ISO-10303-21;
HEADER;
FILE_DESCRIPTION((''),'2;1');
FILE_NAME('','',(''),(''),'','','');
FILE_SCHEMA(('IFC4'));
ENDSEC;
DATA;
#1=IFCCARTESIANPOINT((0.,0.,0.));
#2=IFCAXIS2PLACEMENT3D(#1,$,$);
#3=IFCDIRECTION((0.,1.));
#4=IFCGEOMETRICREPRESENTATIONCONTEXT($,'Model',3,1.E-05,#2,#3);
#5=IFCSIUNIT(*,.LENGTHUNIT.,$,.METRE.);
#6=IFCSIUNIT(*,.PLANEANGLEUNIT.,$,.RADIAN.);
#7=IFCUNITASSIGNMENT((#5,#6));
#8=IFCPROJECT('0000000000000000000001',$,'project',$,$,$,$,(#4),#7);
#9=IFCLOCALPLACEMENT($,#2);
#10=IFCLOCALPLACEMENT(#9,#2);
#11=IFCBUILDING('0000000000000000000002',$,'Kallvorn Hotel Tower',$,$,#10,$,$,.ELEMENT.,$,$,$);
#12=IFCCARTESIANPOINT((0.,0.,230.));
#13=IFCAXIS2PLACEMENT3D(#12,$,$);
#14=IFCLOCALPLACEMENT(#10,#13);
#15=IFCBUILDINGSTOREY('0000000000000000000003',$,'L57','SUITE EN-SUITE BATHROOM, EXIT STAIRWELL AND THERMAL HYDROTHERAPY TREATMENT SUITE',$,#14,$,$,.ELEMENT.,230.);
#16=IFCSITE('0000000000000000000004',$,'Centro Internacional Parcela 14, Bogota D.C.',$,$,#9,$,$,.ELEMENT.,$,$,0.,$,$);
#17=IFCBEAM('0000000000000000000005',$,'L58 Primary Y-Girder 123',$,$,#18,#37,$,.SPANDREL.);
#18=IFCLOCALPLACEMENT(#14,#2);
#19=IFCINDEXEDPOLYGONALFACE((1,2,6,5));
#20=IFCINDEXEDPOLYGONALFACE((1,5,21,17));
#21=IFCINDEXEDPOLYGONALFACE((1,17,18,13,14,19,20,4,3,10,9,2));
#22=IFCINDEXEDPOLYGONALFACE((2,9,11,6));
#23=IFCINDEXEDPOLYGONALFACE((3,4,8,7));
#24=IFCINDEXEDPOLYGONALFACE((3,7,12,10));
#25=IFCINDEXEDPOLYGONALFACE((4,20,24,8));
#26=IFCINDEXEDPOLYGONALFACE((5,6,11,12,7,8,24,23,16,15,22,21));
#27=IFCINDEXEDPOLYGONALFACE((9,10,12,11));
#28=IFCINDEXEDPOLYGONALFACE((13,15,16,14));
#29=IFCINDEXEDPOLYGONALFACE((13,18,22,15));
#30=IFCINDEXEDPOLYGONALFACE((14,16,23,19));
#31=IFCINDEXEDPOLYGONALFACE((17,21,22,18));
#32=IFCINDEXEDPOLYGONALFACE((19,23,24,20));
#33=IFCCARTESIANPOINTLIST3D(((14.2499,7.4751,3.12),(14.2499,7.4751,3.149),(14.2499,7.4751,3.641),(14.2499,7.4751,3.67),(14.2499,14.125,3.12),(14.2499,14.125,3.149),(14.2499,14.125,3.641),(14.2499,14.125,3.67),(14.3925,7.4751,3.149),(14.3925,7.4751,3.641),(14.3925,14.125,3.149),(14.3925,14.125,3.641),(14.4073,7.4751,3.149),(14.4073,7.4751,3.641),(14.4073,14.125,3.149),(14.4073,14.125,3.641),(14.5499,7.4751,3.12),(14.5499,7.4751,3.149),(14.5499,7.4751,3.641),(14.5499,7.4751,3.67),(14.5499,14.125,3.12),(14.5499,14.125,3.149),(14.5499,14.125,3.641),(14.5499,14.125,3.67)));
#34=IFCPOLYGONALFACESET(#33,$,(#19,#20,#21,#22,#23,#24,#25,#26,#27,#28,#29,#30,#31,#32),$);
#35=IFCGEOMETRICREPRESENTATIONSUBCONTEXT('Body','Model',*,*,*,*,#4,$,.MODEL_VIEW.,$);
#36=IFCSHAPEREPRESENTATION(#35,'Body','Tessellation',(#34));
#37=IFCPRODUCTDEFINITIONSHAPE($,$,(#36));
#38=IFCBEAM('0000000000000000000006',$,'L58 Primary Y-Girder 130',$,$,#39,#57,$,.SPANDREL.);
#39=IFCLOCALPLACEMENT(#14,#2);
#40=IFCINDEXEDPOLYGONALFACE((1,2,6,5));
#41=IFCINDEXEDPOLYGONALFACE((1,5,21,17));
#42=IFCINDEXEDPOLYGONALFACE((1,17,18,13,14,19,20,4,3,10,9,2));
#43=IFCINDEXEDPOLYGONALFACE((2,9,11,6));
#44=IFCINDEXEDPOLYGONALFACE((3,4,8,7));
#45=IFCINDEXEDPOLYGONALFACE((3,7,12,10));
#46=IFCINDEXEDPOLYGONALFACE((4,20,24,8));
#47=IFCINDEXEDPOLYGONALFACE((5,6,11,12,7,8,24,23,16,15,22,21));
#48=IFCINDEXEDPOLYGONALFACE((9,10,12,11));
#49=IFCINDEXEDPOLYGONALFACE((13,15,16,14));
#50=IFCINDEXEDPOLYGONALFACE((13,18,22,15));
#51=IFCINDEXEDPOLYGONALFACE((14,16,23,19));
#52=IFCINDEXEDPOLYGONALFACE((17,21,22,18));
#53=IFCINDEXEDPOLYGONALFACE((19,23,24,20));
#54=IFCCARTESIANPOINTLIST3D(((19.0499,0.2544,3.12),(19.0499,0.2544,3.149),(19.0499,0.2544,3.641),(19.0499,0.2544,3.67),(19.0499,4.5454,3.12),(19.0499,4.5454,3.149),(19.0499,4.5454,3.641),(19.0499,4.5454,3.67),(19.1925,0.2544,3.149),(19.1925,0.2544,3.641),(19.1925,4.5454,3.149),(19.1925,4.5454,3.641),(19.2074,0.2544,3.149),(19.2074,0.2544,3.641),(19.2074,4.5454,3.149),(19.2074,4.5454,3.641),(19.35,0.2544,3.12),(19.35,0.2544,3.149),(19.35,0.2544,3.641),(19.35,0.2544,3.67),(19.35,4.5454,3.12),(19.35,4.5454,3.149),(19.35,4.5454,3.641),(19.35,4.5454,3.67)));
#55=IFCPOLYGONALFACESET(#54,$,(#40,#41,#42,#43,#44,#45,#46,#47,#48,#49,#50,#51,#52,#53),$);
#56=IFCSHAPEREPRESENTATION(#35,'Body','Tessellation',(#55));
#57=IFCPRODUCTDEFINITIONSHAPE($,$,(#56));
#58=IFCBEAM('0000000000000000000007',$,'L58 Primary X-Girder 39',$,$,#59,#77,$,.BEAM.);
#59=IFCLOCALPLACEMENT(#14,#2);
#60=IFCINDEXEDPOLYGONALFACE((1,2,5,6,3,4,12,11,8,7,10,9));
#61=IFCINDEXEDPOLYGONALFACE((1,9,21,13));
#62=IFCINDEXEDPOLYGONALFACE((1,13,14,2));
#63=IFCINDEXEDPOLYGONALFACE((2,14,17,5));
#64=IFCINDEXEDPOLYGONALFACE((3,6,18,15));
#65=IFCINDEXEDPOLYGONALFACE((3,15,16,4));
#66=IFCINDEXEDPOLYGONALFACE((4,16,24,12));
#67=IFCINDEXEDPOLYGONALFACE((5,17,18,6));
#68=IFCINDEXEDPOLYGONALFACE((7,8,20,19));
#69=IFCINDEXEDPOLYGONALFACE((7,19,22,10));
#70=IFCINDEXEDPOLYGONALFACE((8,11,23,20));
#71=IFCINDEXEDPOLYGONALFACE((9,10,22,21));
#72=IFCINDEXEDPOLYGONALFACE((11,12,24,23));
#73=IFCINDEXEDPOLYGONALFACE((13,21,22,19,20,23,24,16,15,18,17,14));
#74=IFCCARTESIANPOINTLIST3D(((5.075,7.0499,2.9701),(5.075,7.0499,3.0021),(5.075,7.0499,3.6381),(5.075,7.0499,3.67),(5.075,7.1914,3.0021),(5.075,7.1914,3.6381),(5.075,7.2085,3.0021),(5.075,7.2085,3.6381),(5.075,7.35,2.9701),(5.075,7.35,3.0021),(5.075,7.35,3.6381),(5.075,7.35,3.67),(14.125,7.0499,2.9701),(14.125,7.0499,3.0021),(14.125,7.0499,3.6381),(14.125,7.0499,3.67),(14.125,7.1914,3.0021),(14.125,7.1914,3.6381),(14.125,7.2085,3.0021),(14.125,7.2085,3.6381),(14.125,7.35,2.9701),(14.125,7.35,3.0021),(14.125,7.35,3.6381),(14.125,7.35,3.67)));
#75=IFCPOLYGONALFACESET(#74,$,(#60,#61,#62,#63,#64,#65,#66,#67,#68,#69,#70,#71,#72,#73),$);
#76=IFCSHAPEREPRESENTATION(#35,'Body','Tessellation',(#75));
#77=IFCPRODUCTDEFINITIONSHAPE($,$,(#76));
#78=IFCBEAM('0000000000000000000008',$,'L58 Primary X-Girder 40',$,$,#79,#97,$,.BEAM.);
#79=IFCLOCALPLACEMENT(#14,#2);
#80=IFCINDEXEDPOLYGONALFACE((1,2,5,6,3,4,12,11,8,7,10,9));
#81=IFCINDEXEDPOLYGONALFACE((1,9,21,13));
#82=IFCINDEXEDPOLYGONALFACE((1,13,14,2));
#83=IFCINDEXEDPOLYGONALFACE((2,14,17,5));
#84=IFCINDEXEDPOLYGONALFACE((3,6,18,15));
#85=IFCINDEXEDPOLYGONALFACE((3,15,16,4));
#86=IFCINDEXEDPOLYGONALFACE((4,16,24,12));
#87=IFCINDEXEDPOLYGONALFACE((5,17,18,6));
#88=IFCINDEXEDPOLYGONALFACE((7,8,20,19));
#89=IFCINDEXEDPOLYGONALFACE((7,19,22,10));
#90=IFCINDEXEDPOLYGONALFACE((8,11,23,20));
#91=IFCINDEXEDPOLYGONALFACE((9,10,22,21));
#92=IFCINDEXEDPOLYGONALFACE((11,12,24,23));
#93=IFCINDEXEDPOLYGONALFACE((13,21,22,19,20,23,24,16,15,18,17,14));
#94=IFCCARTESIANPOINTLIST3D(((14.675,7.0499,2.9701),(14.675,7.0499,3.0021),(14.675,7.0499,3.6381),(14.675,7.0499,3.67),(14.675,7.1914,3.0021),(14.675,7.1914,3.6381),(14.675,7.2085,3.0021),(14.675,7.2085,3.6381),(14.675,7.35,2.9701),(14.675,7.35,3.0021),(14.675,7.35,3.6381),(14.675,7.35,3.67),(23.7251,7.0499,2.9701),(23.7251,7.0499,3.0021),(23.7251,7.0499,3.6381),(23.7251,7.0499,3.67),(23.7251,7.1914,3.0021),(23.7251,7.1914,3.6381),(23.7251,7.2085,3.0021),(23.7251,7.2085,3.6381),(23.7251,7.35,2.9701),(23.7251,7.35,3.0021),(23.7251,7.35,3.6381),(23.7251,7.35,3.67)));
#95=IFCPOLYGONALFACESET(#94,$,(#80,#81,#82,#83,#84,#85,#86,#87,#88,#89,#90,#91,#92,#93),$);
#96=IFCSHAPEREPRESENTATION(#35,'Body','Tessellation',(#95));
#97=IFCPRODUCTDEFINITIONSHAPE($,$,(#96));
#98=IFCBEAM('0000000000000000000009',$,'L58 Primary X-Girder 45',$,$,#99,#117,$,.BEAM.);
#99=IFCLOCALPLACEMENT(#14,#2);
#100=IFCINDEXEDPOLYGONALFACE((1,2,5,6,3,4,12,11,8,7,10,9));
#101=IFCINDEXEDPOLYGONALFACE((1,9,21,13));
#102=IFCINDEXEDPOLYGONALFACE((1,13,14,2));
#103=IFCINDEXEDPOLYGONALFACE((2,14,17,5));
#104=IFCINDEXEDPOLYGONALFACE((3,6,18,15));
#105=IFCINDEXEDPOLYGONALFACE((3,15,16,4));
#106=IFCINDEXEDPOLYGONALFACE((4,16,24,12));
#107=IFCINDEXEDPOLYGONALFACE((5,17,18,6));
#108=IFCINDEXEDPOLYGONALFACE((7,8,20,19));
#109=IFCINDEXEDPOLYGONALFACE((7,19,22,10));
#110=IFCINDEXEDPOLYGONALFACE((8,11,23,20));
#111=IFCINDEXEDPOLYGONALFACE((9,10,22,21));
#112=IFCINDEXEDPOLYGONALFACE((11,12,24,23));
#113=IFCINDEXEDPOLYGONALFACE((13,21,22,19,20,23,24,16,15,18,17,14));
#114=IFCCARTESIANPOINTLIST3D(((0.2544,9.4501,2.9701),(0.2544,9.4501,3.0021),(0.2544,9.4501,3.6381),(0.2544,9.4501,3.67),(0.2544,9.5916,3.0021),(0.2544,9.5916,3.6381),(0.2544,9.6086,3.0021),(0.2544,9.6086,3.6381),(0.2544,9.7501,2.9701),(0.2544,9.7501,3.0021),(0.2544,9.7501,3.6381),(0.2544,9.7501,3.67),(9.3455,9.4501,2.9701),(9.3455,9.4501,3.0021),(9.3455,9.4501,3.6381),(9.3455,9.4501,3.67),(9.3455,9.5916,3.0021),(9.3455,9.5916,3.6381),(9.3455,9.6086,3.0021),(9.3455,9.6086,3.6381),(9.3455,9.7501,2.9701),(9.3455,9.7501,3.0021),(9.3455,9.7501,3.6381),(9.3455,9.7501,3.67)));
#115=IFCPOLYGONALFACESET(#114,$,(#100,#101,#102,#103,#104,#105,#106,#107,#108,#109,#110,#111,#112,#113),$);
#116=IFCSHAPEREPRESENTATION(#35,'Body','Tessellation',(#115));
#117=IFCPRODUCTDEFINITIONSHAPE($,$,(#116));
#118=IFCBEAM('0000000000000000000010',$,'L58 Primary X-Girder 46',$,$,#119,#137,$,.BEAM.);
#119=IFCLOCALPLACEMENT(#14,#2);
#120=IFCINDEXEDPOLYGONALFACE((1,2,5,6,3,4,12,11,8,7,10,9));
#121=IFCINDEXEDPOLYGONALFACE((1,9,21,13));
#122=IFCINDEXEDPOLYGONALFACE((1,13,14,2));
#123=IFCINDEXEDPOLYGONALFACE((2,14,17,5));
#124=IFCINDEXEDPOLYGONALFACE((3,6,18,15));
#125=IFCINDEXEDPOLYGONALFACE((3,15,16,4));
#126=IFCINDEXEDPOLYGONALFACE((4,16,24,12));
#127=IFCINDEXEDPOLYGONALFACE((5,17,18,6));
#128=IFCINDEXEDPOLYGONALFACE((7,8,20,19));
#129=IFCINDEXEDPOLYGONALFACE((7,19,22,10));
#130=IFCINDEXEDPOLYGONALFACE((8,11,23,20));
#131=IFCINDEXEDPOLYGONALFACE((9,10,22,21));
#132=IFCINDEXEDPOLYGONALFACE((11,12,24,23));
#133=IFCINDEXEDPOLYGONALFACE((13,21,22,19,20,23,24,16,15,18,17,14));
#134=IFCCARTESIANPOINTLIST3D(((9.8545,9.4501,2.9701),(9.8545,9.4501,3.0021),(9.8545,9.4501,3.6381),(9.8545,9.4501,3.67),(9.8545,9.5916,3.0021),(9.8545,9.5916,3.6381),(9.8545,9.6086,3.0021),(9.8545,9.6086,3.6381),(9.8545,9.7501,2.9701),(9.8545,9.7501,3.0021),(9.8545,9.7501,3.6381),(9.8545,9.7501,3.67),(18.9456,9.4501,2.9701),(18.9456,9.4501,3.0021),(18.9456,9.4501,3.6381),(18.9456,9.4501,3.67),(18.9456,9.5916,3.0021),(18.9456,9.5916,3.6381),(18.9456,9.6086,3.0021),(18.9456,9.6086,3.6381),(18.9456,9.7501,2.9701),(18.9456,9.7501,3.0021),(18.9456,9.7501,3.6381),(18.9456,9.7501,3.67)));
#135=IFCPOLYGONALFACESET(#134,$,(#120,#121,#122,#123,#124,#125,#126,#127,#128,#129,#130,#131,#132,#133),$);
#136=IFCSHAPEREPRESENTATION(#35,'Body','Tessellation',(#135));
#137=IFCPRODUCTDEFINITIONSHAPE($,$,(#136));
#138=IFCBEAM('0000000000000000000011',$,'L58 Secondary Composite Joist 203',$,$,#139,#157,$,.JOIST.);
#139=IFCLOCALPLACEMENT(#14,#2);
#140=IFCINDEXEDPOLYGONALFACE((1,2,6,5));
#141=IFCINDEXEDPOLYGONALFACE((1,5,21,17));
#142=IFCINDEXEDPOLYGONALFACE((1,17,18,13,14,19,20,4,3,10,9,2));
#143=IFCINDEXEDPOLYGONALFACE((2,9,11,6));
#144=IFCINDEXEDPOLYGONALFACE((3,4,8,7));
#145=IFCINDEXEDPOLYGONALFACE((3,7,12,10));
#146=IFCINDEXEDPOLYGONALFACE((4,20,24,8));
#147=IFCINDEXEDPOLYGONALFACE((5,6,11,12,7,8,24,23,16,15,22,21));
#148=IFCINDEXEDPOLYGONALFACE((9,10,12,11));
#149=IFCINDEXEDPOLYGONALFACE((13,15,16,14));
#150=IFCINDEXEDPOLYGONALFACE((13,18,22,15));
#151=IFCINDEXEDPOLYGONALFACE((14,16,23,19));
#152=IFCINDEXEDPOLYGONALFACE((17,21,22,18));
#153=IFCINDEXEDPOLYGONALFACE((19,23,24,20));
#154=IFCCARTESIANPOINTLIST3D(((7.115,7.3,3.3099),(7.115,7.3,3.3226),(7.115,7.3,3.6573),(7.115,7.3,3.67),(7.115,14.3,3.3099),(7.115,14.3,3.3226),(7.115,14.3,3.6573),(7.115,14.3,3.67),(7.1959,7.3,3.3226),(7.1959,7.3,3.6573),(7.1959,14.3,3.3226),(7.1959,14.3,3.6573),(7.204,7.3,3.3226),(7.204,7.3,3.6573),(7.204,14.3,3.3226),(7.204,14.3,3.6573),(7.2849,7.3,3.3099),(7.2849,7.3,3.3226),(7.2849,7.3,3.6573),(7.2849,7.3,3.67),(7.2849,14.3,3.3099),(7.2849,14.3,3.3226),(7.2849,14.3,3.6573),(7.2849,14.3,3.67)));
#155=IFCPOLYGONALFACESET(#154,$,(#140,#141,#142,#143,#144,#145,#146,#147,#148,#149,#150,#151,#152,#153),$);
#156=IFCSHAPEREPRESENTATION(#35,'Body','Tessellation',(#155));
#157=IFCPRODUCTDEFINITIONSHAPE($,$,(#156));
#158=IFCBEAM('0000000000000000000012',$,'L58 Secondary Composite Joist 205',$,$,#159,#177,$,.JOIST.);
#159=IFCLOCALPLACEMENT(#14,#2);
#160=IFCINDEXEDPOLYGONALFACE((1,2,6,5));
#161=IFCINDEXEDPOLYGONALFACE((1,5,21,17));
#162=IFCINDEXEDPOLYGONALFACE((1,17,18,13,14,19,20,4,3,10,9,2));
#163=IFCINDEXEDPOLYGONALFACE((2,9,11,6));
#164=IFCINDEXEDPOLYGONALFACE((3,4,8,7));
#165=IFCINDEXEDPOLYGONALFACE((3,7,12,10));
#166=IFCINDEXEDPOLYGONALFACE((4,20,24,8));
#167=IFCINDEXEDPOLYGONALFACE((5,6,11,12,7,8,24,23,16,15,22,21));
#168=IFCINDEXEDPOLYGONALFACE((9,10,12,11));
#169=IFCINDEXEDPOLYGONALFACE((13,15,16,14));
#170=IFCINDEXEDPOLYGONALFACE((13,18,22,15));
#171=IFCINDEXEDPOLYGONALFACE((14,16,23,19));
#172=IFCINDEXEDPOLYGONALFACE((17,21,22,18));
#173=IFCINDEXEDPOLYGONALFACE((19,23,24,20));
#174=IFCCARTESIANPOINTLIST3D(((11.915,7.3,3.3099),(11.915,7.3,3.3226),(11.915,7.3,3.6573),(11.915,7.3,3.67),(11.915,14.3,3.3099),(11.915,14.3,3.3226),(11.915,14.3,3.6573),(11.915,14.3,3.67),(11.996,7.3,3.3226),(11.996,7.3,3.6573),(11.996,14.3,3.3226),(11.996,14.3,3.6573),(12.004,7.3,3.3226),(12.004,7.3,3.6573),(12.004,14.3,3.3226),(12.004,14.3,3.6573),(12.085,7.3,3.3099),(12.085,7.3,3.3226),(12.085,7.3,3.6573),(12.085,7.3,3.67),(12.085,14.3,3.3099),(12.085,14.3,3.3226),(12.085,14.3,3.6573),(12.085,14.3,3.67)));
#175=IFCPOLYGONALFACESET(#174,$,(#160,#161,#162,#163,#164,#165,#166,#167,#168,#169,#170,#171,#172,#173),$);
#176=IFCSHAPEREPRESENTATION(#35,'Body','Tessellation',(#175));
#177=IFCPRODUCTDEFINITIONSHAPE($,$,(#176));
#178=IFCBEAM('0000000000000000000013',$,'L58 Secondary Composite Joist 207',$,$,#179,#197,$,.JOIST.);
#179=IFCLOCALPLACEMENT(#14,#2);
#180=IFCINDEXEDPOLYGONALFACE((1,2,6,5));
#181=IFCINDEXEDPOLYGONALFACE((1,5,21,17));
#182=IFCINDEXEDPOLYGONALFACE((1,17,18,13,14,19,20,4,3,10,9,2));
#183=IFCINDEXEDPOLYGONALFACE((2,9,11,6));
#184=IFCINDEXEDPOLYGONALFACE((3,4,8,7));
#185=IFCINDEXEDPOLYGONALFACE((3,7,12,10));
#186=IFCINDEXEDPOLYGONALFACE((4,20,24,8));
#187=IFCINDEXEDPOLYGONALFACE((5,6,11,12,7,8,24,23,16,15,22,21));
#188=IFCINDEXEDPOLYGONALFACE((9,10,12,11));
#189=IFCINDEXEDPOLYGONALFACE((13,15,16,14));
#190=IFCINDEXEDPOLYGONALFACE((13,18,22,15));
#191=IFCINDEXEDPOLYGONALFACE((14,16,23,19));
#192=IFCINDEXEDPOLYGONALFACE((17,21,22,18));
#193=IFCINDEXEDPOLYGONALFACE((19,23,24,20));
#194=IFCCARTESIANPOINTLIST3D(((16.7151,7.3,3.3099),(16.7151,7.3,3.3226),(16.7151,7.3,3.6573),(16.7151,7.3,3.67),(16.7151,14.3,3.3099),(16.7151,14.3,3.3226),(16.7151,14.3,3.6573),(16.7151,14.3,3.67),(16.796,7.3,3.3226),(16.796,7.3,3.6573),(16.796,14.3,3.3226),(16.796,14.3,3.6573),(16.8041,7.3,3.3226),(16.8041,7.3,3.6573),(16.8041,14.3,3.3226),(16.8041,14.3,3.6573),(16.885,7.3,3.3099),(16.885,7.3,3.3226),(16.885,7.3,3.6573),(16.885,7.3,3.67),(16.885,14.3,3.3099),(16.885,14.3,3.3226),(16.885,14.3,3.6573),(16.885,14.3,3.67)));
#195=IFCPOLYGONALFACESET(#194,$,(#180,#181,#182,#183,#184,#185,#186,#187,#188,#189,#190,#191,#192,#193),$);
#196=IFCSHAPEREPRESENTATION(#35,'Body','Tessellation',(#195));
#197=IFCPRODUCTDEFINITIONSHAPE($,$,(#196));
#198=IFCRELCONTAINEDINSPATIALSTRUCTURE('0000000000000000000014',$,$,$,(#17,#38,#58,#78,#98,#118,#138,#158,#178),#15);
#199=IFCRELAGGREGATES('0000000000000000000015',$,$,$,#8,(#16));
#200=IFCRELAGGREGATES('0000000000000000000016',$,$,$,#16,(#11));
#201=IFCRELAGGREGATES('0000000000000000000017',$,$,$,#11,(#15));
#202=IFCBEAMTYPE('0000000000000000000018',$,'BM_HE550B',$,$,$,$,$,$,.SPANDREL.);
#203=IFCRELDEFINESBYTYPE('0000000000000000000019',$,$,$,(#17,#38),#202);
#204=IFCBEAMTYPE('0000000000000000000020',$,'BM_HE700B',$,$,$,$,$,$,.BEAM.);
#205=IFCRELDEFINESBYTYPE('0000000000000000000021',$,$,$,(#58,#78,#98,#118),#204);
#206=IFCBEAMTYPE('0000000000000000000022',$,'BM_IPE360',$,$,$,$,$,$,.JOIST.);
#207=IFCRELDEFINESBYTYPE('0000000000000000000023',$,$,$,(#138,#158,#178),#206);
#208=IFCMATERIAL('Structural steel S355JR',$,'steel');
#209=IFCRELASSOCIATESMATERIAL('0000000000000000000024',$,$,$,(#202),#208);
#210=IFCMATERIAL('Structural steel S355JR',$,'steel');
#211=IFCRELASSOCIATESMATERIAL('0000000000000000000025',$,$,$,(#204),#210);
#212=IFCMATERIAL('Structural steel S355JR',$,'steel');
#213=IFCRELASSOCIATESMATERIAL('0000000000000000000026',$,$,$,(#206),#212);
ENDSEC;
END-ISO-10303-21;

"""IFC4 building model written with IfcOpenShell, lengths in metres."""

from ifc_helpers import new_model, si_unit, direction, frame, origin, origin_2d, place, context, subcontext, project, spatial, i_section, extrude, material, material_profile, profile_set, type_object, element, save


model = new_model("IFC4")

# Units and contexts
model_context = context("Model", 3, precision=1e-05, world=origin(), true_north=direction((0.0, 1.0)))
body_context = subcontext(model_context, "Body", "Model", "MODEL_VIEW")
ifc_project = project(units=[si_unit("LENGTHUNIT", "METRE"), si_unit("PLANEANGLEUNIT", "RADIAN")], contexts=[model_context])

# Site, building, storey
site_placement = place(None, origin())
site = spatial("IfcSite", under=ifc_project, at=site_placement, Name="Centro Internacional Parcela 14, Bogota D.C.", CompositionType="ELEMENT", RefElevation=0.0)
building_placement = place(site_placement, origin())
building = spatial("IfcBuilding", under=site, at=building_placement, Name="Kallvorn Hotel Tower", CompositionType="ELEMENT")
storey_placement = place(building_placement, frame((0.0, 0.0, 230.0)))
storey = spatial("IfcBuildingStorey", under=building, at=storey_placement, Name="L57", Description="SUITE EN-SUITE BATHROOM, EXIT STAIRWELL AND THERMAL HYDROTHERAPY TREATMENT SUITE", CompositionType="ELEMENT", Elevation=230.0)

# Beams
ifc_material_1 = material(Name="Structural steel S355JR", Category="steel")
ifc_material_profile_1 = material_profile(ifc_material_1, i_section(OverallWidth=0.3, OverallDepth=0.55, WebThickness=0.0149, FlangeThickness=0.0291, at=origin_2d()), Name="HE 550 B")
ifc_profile_set_1 = profile_set([ifc_material_profile_1], Name="Structural steel S355JR")
beam_type_1 = type_object("IfcBeamType", Name="BM_HE550B", PredefinedType="SPANDREL", material=ifc_profile_set_1)
for number, where, z_axis, x_axis, name in (
    (1, (14.3999, 7.4751, 3.395), (0.0, 1.0, 0.0), (-1.0, 0.0, 0.0), "L58 Primary Y-Girder 123"),
):
    element("IfcBeam", number, at=place(storey_placement, frame(where, z_axis=z_axis, x_axis=x_axis)), inside=storey, type_object=beam_type_1, Name=name, PredefinedType="SPANDREL", context=body_context, shape_type="SweptSolid", body=[
        extrude(i_section(OverallWidth=0.3, OverallDepth=0.55, WebThickness=0.0149, FlangeThickness=0.0291, at=origin_2d()), origin(), (0.0, 0.0, 1.0), 6.6499),
    ])
beam_placement = place(storey_placement, frame((19.2, 0.2544, 3.395), z_axis=(0.0, 1.0, 0.0), x_axis=(-1.0, 0.0, 0.0)))
element("IfcBeam", 2, at=beam_placement, inside=storey, type_object=beam_type_1, Name="L58 Primary Y-Girder 130", PredefinedType="SPANDREL", context=body_context, shape_type="SweptSolid", body=[
    extrude(i_section(OverallWidth=0.3, OverallDepth=0.55, WebThickness=0.0149, FlangeThickness=0.0291, at=origin_2d()), origin(), (0.0, 0.0, 1.0), 4.291),
])
ifc_material_2 = material(Name="Structural steel S355JR", Category="steel")
ifc_material_profile_2 = material_profile(ifc_material_2, i_section(OverallWidth=0.3, OverallDepth=0.7, WebThickness=0.0171, FlangeThickness=0.032, at=origin_2d()), Name="HE 700 B")
ifc_profile_set_2 = profile_set([ifc_material_profile_2], Name="Structural steel S355JR")
beam_type_2 = type_object("IfcBeamType", Name="BM_HE700B", PredefinedType="BEAM", material=ifc_profile_set_2)
for number, where, z_axis, x_axis, name in (
    (3, (5.075, 7.2, 3.3201), (1.0, 0.0, 0.0), (0.0, 1.0, 0.0), "L58 Primary X-Girder 39"),
    (4, (14.675, 7.2, 3.3201), (1.0, 0.0, 0.0), (0.0, 1.0, 0.0), "L58 Primary X-Girder 40"),
):
    element("IfcBeam", number, at=place(storey_placement, frame(where, z_axis=z_axis, x_axis=x_axis)), inside=storey, type_object=beam_type_2, Name=name, PredefinedType="BEAM", context=body_context, shape_type="SweptSolid", body=[
        extrude(i_section(OverallWidth=0.3, OverallDepth=0.7, WebThickness=0.0171, FlangeThickness=0.032, at=origin_2d()), origin(), (0.0, 0.0, 1.0), 9.05),
    ])
for number, where, z_axis, x_axis, name in (
    (5, (0.2544, 9.6001, 3.3201), (1.0, 0.0, 0.0), (0.0, 1.0, 0.0), "L58 Primary X-Girder 45"),
    (6, (9.8545, 9.6001, 3.3201), (1.0, 0.0, 0.0), (0.0, 1.0, 0.0), "L58 Primary X-Girder 46"),
):
    element("IfcBeam", number, at=place(storey_placement, frame(where, z_axis=z_axis, x_axis=x_axis)), inside=storey, type_object=beam_type_2, Name=name, PredefinedType="BEAM", context=body_context, shape_type="SweptSolid", body=[
        extrude(i_section(OverallWidth=0.3, OverallDepth=0.7, WebThickness=0.0171, FlangeThickness=0.032, at=origin_2d()), origin(), (0.0, 0.0, 1.0), 9.0911),
    ])
ifc_material_3 = material(Name="Structural steel S355JR", Category="steel")
ifc_material_profile_3 = material_profile(ifc_material_3, i_section(OverallWidth=0.1699, OverallDepth=0.3601, WebThickness=0.0081, FlangeThickness=0.0127, at=origin_2d()), Name="IPE 360")
ifc_profile_set_3 = profile_set([ifc_material_profile_3], Name="Structural steel S355JR")
beam_type_3 = type_object("IfcBeamType", Name="BM_IPE360", PredefinedType="JOIST", material=ifc_profile_set_3)
for number, where, z_axis, x_axis, name in (
    (7, (7.2, 7.3, 3.49), (0.0, 1.0, 0.0), (-1.0, 0.0, 0.0), "L58 Secondary Composite Joist 203"),
    (8, (12.0, 7.3, 3.49), (0.0, 1.0, 0.0), (-1.0, 0.0, 0.0), "L58 Secondary Composite Joist 205"),
    (9, (16.8, 7.3, 3.49), (0.0, 1.0, 0.0), (-1.0, 0.0, 0.0), "L58 Secondary Composite Joist 207"),
):
    element("IfcBeam", number, at=place(storey_placement, frame(where, z_axis=z_axis, x_axis=x_axis)), inside=storey, type_object=beam_type_3, Name=name, PredefinedType="JOIST", context=body_context, shape_type="SweptSolid", body=[
        extrude(i_section(OverallWidth=0.1699, OverallDepth=0.3601, WebThickness=0.0081, FlangeThickness=0.0127, at=origin_2d()), origin(), (0.0, 0.0, 1.0), 7.0),
    ])

save(model, "model.ifc")
